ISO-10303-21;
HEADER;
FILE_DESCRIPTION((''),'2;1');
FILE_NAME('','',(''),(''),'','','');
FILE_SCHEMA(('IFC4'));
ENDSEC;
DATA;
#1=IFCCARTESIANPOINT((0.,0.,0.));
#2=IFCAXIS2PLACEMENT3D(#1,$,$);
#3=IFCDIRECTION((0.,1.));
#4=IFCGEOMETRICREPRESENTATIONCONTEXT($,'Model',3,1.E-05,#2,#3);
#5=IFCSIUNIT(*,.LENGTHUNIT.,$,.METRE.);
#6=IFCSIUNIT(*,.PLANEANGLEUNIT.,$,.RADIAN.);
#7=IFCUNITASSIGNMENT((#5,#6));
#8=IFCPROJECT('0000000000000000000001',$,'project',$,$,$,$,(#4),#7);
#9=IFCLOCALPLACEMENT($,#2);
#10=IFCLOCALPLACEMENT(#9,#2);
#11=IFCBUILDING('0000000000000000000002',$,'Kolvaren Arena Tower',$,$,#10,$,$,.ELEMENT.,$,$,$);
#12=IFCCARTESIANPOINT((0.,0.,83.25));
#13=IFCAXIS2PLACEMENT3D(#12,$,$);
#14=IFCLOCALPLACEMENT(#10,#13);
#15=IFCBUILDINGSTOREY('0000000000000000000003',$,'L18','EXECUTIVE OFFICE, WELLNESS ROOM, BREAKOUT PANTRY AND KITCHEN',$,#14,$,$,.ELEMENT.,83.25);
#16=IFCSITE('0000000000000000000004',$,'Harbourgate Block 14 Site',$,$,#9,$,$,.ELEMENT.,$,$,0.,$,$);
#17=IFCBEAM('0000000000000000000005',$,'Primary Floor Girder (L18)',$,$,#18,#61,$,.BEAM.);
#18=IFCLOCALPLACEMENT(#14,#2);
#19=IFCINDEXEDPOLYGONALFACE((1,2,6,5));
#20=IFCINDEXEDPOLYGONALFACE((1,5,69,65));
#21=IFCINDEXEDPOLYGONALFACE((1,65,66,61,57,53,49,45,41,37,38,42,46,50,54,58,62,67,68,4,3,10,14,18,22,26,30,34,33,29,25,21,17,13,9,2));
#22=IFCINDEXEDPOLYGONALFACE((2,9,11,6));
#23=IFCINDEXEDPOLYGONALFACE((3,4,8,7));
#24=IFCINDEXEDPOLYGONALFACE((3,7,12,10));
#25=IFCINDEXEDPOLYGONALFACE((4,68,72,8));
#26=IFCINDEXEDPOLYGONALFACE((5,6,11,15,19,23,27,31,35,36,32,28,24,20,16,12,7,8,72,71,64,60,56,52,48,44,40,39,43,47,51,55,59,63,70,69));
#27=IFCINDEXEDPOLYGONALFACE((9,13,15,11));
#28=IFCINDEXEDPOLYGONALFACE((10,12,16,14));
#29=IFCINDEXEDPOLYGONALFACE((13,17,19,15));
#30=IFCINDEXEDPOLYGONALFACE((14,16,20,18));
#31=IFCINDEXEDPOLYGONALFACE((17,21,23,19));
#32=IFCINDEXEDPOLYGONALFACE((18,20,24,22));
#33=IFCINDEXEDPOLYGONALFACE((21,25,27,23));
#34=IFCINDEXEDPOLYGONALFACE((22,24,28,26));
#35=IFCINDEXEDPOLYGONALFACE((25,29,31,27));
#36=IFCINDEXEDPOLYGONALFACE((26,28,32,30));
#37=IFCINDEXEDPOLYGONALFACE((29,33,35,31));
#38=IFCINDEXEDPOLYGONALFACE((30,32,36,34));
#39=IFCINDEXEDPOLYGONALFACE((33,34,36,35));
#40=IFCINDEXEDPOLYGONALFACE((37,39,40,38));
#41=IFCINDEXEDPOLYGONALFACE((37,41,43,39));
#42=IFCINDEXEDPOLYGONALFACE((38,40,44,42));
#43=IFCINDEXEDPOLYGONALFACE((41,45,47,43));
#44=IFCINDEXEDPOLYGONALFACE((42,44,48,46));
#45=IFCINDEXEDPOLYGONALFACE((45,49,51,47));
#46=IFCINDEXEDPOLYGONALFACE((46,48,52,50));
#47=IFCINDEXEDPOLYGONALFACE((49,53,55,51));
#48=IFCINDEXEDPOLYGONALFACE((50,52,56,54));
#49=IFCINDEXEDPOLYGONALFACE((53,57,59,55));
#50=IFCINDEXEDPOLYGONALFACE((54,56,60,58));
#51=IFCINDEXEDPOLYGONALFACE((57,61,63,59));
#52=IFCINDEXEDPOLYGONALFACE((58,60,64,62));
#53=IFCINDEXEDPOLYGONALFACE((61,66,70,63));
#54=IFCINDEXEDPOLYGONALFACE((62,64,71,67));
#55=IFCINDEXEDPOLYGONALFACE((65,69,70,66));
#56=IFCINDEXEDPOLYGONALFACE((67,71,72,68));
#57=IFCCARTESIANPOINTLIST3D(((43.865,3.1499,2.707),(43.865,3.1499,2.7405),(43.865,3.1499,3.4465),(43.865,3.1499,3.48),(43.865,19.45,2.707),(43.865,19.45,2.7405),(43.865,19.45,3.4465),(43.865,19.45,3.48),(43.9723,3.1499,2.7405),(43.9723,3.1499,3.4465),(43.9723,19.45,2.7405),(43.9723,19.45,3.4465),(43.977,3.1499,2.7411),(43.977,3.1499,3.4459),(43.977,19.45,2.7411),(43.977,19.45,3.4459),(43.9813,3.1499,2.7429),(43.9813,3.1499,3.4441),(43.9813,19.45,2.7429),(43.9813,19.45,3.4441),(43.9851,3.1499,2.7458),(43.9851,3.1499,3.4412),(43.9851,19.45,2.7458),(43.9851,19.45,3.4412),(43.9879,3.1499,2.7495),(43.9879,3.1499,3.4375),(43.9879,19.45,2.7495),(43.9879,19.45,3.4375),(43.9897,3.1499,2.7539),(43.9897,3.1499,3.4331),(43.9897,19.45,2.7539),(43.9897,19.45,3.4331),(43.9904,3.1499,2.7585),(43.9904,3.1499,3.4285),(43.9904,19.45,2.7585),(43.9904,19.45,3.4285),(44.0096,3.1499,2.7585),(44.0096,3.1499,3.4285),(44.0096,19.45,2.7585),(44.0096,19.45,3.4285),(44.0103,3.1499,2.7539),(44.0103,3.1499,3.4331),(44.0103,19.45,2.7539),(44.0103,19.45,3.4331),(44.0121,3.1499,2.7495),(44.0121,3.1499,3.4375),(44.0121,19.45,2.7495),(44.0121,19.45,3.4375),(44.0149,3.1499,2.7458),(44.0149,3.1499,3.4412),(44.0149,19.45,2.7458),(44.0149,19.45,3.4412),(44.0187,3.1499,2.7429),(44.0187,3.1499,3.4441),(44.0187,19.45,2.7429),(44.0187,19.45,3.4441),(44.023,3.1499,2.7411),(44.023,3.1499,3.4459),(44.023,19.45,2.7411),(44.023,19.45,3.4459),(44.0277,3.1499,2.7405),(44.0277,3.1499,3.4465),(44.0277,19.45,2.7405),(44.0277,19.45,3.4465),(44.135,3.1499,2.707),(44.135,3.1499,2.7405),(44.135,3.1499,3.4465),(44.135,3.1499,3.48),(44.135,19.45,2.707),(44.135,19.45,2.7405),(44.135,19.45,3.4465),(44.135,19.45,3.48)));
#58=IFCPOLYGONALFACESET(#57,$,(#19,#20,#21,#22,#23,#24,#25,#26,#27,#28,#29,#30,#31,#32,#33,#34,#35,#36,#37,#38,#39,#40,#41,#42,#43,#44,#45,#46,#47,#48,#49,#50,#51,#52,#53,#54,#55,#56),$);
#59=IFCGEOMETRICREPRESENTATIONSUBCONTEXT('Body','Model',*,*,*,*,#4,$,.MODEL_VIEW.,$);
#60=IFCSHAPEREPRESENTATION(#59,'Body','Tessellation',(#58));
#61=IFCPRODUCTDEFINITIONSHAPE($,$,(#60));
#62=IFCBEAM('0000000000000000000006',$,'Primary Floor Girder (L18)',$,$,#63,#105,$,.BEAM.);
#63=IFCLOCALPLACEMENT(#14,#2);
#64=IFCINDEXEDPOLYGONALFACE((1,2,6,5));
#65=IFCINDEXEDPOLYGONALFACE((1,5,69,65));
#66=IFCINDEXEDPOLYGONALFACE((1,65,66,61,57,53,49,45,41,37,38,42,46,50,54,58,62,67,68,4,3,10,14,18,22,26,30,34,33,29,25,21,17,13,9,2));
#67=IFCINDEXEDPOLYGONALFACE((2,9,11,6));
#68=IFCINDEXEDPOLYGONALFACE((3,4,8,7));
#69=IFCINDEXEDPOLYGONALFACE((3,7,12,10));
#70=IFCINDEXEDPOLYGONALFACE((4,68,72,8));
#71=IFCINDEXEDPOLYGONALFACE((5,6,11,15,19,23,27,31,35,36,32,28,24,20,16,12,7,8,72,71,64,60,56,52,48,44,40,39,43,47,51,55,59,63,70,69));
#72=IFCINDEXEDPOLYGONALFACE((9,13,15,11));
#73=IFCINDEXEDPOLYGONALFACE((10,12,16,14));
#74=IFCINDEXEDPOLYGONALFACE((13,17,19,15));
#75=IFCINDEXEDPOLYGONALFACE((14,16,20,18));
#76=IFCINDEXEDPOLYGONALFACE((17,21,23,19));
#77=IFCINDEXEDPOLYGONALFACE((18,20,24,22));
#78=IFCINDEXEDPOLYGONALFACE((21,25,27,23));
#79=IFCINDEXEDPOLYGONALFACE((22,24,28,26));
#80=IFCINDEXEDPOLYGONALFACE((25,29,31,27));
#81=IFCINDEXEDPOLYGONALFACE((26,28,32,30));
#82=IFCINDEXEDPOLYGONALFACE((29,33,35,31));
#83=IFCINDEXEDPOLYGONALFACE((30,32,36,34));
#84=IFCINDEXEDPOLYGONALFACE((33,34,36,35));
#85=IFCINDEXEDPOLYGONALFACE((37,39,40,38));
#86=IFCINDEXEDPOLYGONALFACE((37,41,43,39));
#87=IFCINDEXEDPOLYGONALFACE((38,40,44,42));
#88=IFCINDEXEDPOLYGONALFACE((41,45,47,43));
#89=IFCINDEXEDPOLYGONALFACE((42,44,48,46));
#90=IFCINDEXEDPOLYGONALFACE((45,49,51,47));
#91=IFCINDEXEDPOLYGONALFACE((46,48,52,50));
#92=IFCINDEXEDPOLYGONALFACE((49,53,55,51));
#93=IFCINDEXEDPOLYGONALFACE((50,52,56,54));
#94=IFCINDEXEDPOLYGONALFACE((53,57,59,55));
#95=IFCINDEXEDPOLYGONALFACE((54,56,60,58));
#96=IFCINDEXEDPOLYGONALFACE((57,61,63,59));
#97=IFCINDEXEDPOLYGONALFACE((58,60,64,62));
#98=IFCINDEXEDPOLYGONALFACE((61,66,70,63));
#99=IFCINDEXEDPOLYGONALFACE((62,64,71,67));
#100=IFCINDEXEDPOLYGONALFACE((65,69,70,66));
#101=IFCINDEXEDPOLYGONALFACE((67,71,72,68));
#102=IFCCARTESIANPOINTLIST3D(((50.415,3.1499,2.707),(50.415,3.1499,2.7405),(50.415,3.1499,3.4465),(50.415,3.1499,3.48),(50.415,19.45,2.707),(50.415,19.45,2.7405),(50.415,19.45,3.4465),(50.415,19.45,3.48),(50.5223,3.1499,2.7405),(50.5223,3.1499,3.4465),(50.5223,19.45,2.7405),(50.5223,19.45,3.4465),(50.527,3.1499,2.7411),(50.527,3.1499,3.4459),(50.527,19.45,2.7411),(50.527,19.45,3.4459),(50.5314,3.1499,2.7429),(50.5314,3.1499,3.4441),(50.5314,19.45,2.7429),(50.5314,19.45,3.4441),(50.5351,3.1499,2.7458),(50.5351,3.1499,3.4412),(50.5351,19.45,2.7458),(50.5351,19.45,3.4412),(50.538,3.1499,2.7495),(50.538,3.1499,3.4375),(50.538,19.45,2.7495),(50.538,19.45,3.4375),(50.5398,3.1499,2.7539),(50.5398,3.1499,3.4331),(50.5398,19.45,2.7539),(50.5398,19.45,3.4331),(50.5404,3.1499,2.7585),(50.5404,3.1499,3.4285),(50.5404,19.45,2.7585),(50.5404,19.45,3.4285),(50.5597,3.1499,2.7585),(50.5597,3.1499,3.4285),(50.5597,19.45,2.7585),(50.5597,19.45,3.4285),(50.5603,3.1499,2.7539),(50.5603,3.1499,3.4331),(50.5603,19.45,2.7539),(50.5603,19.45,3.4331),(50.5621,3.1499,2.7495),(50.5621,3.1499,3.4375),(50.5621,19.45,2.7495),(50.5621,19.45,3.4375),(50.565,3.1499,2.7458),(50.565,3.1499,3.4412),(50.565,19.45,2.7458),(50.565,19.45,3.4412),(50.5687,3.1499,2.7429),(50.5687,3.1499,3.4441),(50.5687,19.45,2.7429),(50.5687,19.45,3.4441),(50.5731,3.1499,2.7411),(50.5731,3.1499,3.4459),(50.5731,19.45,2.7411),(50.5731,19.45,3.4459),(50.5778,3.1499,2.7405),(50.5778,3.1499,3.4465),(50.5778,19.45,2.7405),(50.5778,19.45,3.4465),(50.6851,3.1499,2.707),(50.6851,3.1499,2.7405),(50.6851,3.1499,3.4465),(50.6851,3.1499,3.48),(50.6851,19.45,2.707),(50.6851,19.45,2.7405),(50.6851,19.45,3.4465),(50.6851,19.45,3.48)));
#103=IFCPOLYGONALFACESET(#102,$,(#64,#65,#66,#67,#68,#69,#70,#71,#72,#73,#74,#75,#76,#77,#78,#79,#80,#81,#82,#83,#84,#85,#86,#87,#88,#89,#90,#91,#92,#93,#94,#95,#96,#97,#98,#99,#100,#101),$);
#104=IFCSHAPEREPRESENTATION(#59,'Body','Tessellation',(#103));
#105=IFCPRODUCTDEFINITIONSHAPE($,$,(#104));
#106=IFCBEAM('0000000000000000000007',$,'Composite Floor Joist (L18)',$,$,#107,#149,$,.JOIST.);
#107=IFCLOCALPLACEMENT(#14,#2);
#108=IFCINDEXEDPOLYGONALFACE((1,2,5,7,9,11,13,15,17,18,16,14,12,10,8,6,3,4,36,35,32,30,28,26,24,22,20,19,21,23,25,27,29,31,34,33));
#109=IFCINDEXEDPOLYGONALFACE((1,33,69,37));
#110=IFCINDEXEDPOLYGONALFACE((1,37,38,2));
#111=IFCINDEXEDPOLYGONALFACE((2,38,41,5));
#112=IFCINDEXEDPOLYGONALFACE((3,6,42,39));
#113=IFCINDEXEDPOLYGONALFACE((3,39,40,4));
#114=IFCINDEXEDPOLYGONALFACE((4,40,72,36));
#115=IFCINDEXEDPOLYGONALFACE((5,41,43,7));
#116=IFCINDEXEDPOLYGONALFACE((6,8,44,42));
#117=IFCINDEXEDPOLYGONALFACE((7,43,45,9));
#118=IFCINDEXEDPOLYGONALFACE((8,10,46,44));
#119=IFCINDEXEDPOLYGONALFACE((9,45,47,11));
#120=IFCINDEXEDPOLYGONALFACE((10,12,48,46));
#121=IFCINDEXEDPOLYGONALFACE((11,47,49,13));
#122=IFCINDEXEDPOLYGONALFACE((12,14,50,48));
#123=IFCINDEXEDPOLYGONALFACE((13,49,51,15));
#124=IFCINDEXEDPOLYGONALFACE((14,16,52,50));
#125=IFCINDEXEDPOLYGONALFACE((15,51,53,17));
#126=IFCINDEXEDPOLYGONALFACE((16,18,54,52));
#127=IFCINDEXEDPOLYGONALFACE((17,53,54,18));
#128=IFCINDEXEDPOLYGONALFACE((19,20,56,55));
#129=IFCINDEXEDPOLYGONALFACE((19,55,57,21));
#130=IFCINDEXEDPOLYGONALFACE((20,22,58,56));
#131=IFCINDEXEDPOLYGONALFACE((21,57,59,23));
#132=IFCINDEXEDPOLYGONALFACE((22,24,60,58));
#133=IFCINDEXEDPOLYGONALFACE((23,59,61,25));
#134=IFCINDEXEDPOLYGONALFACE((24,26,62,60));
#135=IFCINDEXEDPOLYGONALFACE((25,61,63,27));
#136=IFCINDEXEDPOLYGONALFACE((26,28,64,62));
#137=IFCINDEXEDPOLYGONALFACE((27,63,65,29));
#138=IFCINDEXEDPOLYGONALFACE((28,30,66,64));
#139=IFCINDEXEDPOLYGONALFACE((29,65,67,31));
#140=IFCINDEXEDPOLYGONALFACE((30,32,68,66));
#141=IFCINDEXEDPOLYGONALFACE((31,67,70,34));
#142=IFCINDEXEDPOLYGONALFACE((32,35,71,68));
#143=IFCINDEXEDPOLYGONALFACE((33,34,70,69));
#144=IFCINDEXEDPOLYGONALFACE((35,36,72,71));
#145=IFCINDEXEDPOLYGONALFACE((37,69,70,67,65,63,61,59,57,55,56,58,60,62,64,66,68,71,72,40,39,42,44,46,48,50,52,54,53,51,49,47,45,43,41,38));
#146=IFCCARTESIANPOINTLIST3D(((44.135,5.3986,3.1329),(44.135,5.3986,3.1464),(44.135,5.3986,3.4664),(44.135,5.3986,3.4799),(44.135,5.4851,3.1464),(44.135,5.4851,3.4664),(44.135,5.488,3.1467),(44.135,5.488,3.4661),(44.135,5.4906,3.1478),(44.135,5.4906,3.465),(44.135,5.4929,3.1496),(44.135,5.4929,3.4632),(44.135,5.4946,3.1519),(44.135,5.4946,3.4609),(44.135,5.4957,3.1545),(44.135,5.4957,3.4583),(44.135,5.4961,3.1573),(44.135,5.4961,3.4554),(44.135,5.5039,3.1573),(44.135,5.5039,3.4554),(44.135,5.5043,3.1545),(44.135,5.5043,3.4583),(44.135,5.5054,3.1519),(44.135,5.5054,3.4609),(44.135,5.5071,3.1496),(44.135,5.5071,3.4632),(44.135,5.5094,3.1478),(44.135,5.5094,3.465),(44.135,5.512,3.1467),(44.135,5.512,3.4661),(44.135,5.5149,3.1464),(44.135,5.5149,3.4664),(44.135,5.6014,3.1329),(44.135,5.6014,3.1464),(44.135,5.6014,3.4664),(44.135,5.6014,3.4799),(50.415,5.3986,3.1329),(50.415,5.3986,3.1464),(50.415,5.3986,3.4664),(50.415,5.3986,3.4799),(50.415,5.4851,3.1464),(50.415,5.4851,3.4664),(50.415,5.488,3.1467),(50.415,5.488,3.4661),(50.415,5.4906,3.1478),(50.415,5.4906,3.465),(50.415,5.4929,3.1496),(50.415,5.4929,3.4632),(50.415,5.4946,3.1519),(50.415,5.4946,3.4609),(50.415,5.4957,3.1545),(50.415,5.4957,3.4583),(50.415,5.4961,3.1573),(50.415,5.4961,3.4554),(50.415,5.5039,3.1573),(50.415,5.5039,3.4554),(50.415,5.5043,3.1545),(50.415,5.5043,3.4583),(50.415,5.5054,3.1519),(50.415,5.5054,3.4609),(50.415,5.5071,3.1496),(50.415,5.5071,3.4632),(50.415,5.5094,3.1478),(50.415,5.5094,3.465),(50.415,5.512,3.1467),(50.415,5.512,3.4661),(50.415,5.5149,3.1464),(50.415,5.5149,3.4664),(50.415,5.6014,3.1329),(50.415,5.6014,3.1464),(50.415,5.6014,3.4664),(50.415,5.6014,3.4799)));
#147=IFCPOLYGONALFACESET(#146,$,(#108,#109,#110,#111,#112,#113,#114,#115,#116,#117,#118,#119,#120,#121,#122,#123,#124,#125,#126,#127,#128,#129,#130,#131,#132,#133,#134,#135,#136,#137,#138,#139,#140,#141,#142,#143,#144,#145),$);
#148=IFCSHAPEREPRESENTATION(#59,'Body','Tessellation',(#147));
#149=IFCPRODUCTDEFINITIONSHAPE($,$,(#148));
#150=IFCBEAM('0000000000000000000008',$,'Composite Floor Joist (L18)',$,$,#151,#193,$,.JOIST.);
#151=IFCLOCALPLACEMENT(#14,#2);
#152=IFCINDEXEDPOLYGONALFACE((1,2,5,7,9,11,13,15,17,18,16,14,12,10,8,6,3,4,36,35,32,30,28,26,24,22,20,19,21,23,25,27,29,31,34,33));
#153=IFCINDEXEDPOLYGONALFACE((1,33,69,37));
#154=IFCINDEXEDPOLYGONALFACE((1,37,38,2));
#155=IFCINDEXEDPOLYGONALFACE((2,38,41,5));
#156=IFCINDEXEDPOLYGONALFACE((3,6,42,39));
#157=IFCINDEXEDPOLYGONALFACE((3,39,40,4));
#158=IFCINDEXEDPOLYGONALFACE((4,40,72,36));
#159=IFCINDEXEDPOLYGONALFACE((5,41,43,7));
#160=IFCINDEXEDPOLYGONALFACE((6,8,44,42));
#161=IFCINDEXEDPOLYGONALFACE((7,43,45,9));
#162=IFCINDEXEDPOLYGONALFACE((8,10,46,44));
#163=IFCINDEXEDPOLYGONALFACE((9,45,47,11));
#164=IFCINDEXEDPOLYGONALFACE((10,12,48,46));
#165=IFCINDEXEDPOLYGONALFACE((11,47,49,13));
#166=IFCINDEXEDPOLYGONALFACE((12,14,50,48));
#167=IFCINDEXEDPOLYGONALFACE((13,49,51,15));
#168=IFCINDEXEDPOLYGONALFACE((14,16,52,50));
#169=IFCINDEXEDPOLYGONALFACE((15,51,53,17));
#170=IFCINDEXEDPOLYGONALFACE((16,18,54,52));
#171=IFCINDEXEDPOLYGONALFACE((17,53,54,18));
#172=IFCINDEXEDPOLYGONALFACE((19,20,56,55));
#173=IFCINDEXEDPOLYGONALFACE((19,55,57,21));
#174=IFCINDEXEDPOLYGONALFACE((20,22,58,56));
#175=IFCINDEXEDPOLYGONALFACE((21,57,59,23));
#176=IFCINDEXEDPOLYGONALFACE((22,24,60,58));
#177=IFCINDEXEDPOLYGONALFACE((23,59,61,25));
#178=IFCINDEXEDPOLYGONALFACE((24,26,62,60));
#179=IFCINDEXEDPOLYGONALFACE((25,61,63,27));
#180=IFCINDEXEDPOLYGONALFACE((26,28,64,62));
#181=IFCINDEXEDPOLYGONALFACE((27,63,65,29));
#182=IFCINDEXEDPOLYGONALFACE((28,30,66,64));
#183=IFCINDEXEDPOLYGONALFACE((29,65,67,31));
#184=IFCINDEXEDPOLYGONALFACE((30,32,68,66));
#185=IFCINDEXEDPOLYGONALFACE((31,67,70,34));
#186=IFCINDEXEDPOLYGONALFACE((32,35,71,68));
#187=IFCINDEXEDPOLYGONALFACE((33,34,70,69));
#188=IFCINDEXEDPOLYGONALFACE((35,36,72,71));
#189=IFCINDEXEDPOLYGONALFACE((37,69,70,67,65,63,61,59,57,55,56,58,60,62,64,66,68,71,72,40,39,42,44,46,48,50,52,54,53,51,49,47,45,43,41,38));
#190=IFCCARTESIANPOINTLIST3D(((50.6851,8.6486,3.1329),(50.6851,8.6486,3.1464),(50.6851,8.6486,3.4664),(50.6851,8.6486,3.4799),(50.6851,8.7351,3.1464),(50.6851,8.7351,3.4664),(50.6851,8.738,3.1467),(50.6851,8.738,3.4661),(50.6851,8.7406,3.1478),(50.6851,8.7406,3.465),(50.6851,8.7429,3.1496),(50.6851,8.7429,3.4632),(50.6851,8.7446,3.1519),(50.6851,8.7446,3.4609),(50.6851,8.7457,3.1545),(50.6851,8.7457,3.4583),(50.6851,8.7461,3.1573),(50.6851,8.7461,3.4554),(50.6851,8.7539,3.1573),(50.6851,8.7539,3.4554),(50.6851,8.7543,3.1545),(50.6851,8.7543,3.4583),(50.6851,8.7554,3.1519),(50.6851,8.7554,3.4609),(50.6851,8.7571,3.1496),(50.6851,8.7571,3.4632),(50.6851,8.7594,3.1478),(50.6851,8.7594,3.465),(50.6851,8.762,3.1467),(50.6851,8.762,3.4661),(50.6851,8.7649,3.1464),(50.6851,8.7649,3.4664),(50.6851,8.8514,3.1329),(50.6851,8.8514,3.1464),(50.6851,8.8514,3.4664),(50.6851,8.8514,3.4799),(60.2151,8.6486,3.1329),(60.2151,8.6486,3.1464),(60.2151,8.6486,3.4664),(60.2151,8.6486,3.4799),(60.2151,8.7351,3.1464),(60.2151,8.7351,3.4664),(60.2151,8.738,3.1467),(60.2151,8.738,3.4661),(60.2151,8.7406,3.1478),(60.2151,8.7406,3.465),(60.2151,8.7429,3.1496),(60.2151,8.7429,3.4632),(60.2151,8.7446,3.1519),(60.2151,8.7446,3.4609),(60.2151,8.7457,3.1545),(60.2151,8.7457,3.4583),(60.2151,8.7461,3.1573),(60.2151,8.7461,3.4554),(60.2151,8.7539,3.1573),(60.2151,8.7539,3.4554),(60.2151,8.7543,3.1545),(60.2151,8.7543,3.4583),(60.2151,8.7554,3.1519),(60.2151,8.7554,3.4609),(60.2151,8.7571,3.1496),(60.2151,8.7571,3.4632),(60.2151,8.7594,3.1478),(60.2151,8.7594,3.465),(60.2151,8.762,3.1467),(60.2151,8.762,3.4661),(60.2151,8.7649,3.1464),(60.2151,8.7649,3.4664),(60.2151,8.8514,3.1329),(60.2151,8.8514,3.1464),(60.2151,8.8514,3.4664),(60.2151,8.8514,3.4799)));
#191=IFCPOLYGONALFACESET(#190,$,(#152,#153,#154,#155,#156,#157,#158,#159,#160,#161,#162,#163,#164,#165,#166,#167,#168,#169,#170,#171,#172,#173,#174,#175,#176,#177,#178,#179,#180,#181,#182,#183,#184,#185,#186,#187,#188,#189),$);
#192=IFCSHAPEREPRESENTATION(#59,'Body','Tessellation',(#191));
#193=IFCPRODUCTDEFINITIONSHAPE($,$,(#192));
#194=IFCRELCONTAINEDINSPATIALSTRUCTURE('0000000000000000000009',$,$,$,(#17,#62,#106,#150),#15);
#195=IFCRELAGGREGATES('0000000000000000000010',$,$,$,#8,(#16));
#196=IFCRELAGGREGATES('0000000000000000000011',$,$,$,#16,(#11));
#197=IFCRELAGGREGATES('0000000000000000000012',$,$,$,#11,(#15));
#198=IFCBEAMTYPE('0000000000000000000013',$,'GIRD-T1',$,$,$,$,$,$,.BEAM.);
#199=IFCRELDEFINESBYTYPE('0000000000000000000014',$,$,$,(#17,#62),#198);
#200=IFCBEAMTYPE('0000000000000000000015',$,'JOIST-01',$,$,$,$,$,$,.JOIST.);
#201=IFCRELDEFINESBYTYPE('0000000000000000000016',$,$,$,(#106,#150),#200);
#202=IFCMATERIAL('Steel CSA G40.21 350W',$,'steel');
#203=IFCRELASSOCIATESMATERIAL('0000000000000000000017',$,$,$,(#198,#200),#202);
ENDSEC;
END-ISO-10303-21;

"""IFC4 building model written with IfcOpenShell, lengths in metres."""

from ifc_helpers import new_model, si_unit, direction, frame, origin, origin_2d, place, context, subcontext, project, spatial, i_section, extrude, material, material_profile, profile_set, type_object, element, save


model = new_model("IFC4")

# Units and contexts
model_context = context("Model", 3, precision=1e-05, world=origin(), true_north=direction((0.0, 1.0)))
body_context = subcontext(model_context, "Body", "Model", "MODEL_VIEW")
ifc_project = project(units=[si_unit("LENGTHUNIT", "METRE"), si_unit("PLANEANGLEUNIT", "RADIAN")], contexts=[model_context])

# Site, building, storey
site_placement = place(None, origin())
site = spatial("IfcSite", under=ifc_project, at=site_placement, Name="Harbourgate Block 14 Site", CompositionType="ELEMENT", RefElevation=0.0)
building_placement = place(site_placement, origin())
building = spatial("IfcBuilding", under=site, at=building_placement, Name="Kolvaren Arena Tower", CompositionType="ELEMENT")
storey_placement = place(building_placement, frame((0.0, 0.0, 83.25)))
storey = spatial("IfcBuildingStorey", under=building, at=storey_placement, Name="L18", Description="EXECUTIVE OFFICE, WELLNESS ROOM, BREAKOUT PANTRY AND KITCHEN", CompositionType="ELEMENT", Elevation=83.25)

# Beams
ifc_material_1 = material(Name="Steel CSA G40.21 350W", Category="steel")
ifc_material_profile_1 = material_profile(ifc_material_1, i_section(OverallWidth=0.27, OverallDepth=0.7729, WebThickness=0.0193, FlangeThickness=0.0334, FilletRadius=0.0181, at=origin_2d()), Name="W760x257")
ifc_profile_set_1 = profile_set([ifc_material_profile_1], Name="Steel CSA G40.21 350W")
beam_type_1 = type_object("IfcBeamType", Name="GIRD-T1", PredefinedType="BEAM", material=ifc_profile_set_1)
for number, where, z_axis, x_axis, name in (
    (1, (44.0, 3.1499, 3.0935), (0.0, 1.0, 0.0), (-1.0, 0.0, 0.0), "Primary Floor Girder (L18)"),
    (2, (50.55, 3.1499, 3.0935), (0.0, 1.0, 0.0), (-1.0, 0.0, 0.0), "Primary Floor Girder (L18)"),
):
    element("IfcBeam", number, at=place(storey_placement, frame(where, z_axis=z_axis, x_axis=x_axis)), inside=storey, type_object=beam_type_1, Name=name, PredefinedType="BEAM", context=body_context, shape_type="SweptSolid", body=[
        extrude(i_section(OverallWidth=0.27, OverallDepth=0.7729, WebThickness=0.0193, FlangeThickness=0.0334, FilletRadius=0.0181, at=origin_2d()), origin(), (0.0, 0.0, 1.0), 16.3),
    ])
ifc_material_profile_2 = material_profile(ifc_material_1, i_section(OverallWidth=0.2029, OverallDepth=0.3469, WebThickness=0.0078, FlangeThickness=0.0134, FilletRadius=0.011, at=origin_2d()), Name="W360x64")
ifc_profile_set_2 = profile_set([ifc_material_profile_2], Name="Steel CSA G40.21 350W")
beam_type_2 = type_object("IfcBeamType", Name="JOIST-01", PredefinedType="JOIST", material=ifc_profile_set_2)
beam_1_placement = place(storey_placement, frame((44.135, 5.5, 3.3064), z_axis=(1.0, 0.0, 0.0), x_axis=(0.0, 1.0, 0.0)))
element("IfcBeam", 3, at=beam_1_placement, inside=storey, type_object=beam_type_2, Name="Composite Floor Joist (L18)", PredefinedType="JOIST", context=body_context, shape_type="SweptSolid", body=[
    extrude(i_section(OverallWidth=0.2029, OverallDepth=0.3469, WebThickness=0.0078, FlangeThickness=0.0134, FilletRadius=0.011, at=origin_2d()), origin(), (0.0, 0.0, 1.0), 6.28),
])
beam_2_placement = place(storey_placement, frame((50.6851, 8.75, 3.3064), z_axis=(1.0, 0.0, 0.0), x_axis=(0.0, 1.0, 0.0)))
element("IfcBeam", 4, at=beam_2_placement, inside=storey, type_object=beam_type_2, Name="Composite Floor Joist (L18)", PredefinedType="JOIST", context=body_context, shape_type="SweptSolid", body=[
    extrude(i_section(OverallWidth=0.2029, OverallDepth=0.3469, WebThickness=0.0078, FlangeThickness=0.0134, FilletRadius=0.011, at=origin_2d()), origin(), (0.0, 0.0, 1.0), 9.53),
])

save(model, "model.ifc")
